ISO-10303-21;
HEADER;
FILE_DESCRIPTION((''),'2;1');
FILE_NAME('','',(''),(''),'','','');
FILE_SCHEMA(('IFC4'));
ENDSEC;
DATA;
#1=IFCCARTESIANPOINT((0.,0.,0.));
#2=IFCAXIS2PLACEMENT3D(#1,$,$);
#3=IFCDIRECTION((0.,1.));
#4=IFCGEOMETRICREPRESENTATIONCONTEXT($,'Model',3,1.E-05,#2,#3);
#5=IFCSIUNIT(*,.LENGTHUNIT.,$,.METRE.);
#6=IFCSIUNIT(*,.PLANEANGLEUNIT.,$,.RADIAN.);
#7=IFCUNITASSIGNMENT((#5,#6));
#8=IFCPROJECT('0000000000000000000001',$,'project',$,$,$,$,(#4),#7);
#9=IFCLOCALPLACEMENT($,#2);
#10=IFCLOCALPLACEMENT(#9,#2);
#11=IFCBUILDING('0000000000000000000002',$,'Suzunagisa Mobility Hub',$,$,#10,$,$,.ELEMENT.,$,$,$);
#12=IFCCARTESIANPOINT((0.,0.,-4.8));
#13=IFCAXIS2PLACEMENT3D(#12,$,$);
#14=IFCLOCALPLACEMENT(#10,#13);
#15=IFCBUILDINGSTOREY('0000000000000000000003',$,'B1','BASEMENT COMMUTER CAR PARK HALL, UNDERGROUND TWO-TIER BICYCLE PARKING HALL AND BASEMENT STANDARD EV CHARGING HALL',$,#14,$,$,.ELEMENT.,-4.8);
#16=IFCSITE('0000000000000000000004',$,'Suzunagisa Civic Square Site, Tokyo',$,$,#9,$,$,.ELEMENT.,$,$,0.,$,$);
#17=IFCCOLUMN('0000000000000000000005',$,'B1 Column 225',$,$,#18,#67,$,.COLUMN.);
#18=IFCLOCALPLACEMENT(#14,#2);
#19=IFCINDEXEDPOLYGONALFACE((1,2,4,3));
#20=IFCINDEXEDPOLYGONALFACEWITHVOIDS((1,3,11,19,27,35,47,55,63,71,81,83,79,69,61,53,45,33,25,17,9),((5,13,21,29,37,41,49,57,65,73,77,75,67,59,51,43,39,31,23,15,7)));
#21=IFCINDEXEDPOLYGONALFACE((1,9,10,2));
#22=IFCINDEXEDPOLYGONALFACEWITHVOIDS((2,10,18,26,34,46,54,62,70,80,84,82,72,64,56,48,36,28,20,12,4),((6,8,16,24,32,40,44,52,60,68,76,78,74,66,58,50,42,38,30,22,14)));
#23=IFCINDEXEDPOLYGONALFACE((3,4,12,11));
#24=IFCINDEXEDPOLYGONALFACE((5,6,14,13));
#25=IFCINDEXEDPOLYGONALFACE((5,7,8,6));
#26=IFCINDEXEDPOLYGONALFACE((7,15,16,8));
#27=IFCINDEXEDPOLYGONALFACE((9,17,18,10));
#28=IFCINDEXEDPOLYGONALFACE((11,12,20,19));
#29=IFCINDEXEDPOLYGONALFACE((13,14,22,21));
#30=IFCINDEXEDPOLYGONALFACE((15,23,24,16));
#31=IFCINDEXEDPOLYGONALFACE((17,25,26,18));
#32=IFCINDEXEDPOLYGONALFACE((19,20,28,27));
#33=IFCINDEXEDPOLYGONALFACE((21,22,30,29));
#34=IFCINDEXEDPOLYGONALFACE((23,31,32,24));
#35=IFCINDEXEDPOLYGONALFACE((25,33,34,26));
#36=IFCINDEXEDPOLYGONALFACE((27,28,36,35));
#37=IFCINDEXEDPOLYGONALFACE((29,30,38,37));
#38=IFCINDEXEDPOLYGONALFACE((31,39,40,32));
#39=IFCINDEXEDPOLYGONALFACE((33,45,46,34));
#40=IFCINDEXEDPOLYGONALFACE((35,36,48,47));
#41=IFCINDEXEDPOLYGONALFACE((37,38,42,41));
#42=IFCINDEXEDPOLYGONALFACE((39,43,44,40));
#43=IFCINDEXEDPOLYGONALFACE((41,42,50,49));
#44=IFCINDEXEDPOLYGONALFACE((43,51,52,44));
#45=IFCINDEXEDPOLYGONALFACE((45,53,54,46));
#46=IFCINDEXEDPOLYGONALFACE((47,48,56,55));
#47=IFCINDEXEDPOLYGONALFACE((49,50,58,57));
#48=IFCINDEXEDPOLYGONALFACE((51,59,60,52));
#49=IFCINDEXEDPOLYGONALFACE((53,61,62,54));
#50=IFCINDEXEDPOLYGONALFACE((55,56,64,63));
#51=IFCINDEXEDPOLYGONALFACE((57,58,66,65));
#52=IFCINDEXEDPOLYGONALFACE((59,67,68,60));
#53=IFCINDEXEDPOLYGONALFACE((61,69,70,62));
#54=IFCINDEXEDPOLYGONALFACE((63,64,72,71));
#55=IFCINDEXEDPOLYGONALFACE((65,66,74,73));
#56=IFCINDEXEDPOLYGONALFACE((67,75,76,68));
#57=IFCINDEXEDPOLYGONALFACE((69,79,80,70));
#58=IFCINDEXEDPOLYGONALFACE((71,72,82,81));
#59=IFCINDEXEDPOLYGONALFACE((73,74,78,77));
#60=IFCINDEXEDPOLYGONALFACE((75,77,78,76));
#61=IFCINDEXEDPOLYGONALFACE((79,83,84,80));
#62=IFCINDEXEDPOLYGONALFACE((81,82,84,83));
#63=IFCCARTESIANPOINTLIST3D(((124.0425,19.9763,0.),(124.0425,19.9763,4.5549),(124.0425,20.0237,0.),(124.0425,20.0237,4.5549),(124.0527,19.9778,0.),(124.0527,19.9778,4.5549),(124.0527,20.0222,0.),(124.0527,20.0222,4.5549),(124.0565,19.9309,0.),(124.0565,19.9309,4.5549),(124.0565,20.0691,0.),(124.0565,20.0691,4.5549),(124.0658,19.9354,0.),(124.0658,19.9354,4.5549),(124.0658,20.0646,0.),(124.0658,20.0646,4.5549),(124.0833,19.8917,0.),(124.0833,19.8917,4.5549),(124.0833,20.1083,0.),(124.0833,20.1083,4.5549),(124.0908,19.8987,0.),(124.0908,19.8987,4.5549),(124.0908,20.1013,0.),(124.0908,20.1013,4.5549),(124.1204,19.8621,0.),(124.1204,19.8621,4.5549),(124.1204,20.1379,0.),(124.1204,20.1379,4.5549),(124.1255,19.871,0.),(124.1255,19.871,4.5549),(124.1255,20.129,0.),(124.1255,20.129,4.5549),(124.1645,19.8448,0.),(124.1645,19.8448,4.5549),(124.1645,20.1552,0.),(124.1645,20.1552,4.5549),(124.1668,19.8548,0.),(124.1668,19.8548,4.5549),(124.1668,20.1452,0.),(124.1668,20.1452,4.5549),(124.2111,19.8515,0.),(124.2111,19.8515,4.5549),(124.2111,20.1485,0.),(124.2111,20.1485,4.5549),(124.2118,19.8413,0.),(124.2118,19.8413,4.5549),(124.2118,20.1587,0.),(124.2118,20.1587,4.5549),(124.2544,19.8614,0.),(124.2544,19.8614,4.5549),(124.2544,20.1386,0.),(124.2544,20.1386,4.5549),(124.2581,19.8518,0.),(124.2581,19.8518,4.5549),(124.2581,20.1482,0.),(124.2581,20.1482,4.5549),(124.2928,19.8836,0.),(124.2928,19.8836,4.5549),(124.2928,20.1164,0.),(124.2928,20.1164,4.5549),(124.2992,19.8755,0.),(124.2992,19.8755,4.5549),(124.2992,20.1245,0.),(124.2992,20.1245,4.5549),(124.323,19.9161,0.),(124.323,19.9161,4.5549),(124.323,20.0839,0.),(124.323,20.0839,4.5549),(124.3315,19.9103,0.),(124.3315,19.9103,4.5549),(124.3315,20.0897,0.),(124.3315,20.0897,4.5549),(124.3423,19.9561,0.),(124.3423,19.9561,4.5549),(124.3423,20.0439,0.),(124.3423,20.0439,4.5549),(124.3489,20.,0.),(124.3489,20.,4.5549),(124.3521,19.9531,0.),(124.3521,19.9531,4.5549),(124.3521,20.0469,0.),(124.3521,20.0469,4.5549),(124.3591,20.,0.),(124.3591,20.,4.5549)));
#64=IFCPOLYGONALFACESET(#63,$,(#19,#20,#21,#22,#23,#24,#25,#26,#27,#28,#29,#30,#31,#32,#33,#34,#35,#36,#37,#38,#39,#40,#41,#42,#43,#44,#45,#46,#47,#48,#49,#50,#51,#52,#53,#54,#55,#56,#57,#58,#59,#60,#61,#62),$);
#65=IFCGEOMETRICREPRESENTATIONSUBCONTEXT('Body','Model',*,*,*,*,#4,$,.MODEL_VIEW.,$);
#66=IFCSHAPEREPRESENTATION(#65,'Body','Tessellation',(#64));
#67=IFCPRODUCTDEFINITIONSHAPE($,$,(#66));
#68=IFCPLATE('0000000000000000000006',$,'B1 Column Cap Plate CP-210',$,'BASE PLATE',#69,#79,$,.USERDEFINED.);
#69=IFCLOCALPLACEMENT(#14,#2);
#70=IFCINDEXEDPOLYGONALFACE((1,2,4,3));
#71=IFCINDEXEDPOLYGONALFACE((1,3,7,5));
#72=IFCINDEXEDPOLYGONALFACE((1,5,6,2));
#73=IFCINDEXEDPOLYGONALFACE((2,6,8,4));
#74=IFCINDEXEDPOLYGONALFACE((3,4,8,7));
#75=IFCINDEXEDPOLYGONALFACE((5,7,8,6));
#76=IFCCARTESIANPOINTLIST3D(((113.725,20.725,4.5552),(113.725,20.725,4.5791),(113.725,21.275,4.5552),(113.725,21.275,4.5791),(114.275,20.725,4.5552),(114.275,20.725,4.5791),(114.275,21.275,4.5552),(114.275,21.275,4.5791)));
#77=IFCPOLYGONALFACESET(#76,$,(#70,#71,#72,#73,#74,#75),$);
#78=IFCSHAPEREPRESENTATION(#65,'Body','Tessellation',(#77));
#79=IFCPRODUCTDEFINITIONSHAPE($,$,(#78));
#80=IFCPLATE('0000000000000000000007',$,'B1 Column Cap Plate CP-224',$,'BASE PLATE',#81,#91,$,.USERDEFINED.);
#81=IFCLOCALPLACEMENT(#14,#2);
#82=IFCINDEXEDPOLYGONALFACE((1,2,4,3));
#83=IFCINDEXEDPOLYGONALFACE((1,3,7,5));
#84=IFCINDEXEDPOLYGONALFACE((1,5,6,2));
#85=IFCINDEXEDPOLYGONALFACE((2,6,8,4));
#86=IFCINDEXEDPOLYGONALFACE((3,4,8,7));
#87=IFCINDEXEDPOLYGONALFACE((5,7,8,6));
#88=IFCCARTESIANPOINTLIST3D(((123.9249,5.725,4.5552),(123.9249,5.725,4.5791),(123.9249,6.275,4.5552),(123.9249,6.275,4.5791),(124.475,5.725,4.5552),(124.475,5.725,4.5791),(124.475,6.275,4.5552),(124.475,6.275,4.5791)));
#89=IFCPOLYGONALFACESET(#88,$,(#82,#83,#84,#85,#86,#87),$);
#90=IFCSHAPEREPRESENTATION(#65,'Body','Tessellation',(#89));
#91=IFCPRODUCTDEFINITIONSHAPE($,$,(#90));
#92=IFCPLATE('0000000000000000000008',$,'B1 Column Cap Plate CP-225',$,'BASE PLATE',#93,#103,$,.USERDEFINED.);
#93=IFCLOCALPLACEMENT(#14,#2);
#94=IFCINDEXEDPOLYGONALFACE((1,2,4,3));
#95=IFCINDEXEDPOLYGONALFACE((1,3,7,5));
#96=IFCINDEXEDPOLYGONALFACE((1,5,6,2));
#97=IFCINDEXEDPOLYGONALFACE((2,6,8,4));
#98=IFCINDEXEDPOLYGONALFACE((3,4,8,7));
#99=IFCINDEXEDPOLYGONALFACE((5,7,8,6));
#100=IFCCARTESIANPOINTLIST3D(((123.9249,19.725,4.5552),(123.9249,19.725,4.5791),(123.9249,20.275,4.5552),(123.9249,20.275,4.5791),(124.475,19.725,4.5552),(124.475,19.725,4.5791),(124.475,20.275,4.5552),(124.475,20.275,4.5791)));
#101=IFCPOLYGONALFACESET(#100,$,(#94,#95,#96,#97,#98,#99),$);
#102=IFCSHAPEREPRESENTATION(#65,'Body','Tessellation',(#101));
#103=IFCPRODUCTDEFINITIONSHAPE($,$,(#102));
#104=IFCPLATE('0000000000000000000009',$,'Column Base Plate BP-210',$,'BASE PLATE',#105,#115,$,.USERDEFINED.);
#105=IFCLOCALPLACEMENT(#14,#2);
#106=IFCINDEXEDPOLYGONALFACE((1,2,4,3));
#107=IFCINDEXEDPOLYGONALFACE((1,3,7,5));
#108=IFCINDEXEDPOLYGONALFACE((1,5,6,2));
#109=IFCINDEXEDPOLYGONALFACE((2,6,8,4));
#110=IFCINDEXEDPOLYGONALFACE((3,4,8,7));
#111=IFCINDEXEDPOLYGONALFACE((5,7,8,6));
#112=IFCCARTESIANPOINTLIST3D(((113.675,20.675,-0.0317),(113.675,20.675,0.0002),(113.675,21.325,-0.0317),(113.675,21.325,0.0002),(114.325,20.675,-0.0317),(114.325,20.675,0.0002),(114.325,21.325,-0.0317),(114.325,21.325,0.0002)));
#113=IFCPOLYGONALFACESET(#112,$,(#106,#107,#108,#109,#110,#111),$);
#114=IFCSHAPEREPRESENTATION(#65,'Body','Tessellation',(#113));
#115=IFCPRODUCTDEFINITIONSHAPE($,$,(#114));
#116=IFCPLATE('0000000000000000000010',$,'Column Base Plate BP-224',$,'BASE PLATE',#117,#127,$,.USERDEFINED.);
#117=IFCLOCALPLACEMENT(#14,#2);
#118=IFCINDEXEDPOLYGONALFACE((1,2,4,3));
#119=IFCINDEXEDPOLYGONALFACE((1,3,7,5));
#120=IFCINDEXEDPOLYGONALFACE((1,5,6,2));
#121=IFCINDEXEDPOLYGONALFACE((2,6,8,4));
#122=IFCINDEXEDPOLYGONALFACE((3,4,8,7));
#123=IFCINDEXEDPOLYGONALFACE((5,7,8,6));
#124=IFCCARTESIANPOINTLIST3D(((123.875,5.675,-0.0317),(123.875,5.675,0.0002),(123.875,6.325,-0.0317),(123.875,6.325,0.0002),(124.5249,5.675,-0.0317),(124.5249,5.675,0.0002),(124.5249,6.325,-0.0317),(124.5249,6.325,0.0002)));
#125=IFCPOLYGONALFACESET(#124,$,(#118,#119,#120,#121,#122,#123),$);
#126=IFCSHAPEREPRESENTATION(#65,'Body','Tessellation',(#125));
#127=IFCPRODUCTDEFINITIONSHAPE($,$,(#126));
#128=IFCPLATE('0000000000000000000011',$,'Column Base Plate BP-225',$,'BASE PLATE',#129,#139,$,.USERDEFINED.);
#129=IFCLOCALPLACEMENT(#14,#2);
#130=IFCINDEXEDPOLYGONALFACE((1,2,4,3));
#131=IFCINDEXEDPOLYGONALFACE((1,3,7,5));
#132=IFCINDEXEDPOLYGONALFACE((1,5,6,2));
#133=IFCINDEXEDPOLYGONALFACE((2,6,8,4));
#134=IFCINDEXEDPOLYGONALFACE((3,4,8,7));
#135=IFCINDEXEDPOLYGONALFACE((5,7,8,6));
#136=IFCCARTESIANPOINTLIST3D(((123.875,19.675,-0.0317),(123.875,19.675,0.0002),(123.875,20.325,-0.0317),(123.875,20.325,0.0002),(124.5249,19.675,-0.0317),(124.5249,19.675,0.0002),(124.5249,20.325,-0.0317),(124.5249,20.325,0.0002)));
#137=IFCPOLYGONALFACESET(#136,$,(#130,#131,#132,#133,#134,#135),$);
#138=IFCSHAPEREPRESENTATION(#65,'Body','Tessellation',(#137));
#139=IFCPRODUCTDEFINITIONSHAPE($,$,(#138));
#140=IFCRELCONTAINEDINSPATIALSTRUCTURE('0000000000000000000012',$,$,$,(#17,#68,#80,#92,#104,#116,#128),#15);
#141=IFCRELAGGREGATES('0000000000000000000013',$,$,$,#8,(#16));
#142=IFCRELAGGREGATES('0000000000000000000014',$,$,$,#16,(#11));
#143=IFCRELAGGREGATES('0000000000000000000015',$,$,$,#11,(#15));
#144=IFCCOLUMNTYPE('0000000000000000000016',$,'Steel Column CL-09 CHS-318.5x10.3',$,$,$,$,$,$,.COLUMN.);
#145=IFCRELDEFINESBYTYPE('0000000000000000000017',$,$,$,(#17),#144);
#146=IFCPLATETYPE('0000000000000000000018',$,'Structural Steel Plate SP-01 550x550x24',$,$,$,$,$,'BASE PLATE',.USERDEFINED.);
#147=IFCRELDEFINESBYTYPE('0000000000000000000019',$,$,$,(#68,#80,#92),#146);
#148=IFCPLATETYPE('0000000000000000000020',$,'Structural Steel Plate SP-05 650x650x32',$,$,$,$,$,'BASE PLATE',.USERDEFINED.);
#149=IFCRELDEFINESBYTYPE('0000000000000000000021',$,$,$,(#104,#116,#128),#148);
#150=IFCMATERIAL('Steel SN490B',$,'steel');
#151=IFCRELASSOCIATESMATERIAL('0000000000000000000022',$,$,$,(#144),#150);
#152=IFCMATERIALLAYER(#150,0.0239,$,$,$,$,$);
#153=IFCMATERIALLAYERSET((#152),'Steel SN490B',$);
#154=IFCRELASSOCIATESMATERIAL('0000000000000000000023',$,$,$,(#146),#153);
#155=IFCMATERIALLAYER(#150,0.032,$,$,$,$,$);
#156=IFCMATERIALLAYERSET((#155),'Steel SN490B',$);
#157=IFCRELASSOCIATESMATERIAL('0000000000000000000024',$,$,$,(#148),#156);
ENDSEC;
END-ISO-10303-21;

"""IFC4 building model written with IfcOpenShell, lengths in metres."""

from ifc_helpers import new_model, si_unit, direction, frame, origin, origin_2d, place, context, subcontext, project, spatial, rectangle, hollow_circle, extrude, material, layer, layer_set, material_profile, profile_set, type_object, element, save


model = new_model("IFC4")

# Units and contexts
model_context = context("Model", 3, precision=1e-05, world=origin(), true_north=direction((0.0, 1.0)))
body_context = subcontext(model_context, "Body", "Model", "MODEL_VIEW")
ifc_project = project(units=[si_unit("LENGTHUNIT", "METRE"), si_unit("PLANEANGLEUNIT", "RADIAN")], contexts=[model_context])

# Site, building, storey
site_placement = place(None, origin())
site = spatial("IfcSite", under=ifc_project, at=site_placement, Name="Suzunagisa Civic Square Site, Tokyo", CompositionType="ELEMENT", RefElevation=0.0)
building_placement = place(site_placement, origin())
building = spatial("IfcBuilding", under=site, at=building_placement, Name="Suzunagisa Mobility Hub", CompositionType="ELEMENT")
storey_placement = place(building_placement, frame((0.0, 0.0, -4.8)))
storey = spatial("IfcBuildingStorey", under=building, at=storey_placement, Name="B1", Description="BASEMENT COMMUTER CAR PARK HALL, UNDERGROUND TWO-TIER BICYCLE PARKING HALL AND BASEMENT STANDARD EV CHARGING HALL", CompositionType="ELEMENT", Elevation=-4.8)

# Column
ifc_material_1 = material(Name="Steel SN490B", Category="steel")
ifc_material_profile_1 = material_profile(ifc_material_1, hollow_circle(Radius=0.1592, WallThickness=0.0103, at=origin_2d()), Name="CHS-318.5x10.3")
ifc_profile_set_1 = profile_set([ifc_material_profile_1], Name="Steel SN490B")
column_type = type_object("IfcColumnType", Name="Steel Column CL-09 CHS-318.5x10.3", PredefinedType="COLUMN", material=ifc_profile_set_1)
for number, where, z_axis, x_axis, name in (
    (1, (124.2, 20.0, 0.0), (0.0, 0.0, 1.0), (1.0, 0.0, 0.0), "B1 Column 225"),
):
    element("IfcColumn", number, at=place(storey_placement, frame(where, z_axis=z_axis, x_axis=x_axis)), inside=storey, type_object=column_type, Name=name, PredefinedType="COLUMN", context=body_context, shape_type="SweptSolid", body=[
        extrude(hollow_circle(Radius=0.1592, WallThickness=0.0103, at=origin_2d()), origin(), (0.0, 0.0, 1.0), 4.5549),
    ])

# Plates
ifc_layer_1 = layer(ifc_material_1, 0.0239)
ifc_layer_set_1 = layer_set([ifc_layer_1], Name="Steel SN490B")
plate_type_1 = type_object("IfcPlateType", Name="Structural Steel Plate SP-01 550x550x24", ElementType="BASE PLATE", PredefinedType="USERDEFINED", material=ifc_layer_set_1)
for number, where, z_axis, x_axis, name in (
    (2, (114.0, 21.0, 4.5552), (0.0, 0.0, 1.0), (1.0, 0.0, 0.0), "B1 Column Cap Plate CP-210"),
    (3, (124.2, 6.0, 4.5552), (0.0, 0.0, 1.0), (1.0, 0.0, 0.0), "B1 Column Cap Plate CP-224"),
    (4, (124.2, 20.0, 4.5552), (0.0, 0.0, 1.0), (1.0, 0.0, 0.0), "B1 Column Cap Plate CP-225"),
):
    element("IfcPlate", number, at=place(storey_placement, frame(where, z_axis=z_axis, x_axis=x_axis)), inside=storey, type_object=plate_type_1, Name=name, ObjectType="BASE PLATE", PredefinedType="USERDEFINED", context=body_context, shape_type="SweptSolid", body=[
        extrude(rectangle(XDim=0.55, YDim=0.55, at=origin_2d()), origin(), (0.0, 0.0, 1.0), 0.0239),
    ])
ifc_layer_2 = layer(ifc_material_1, 0.032)
ifc_layer_set_2 = layer_set([ifc_layer_2], Name="Steel SN490B")
plate_type_2 = type_object("IfcPlateType", Name="Structural Steel Plate SP-05 650x650x32", ElementType="BASE PLATE", PredefinedType="USERDEFINED", material=ifc_layer_set_2)
for number, where, z_axis, x_axis, name in (
    (5, (114.0, 21.0, -0.0317), (0.0, 0.0, 1.0), (1.0, 0.0, 0.0), "Column Base Plate BP-210"),
    (6, (124.2, 6.0, -0.0317), (0.0, 0.0, 1.0), (1.0, 0.0, 0.0), "Column Base Plate BP-224"),
    (7, (124.2, 20.0, -0.0317), (0.0, 0.0, 1.0), (1.0, 0.0, 0.0), "Column Base Plate BP-225"),
):
    element("IfcPlate", number, at=place(storey_placement, frame(where, z_axis=z_axis, x_axis=x_axis)), inside=storey, type_object=plate_type_2, Name=name, ObjectType="BASE PLATE", PredefinedType="USERDEFINED", context=body_context, shape_type="SweptSolid", body=[
        extrude(rectangle(XDim=0.6499, YDim=0.6499, at=origin_2d()), origin(), (0.0, 0.0, 1.0), 0.032),
    ])

save(model, "model.ifc")
